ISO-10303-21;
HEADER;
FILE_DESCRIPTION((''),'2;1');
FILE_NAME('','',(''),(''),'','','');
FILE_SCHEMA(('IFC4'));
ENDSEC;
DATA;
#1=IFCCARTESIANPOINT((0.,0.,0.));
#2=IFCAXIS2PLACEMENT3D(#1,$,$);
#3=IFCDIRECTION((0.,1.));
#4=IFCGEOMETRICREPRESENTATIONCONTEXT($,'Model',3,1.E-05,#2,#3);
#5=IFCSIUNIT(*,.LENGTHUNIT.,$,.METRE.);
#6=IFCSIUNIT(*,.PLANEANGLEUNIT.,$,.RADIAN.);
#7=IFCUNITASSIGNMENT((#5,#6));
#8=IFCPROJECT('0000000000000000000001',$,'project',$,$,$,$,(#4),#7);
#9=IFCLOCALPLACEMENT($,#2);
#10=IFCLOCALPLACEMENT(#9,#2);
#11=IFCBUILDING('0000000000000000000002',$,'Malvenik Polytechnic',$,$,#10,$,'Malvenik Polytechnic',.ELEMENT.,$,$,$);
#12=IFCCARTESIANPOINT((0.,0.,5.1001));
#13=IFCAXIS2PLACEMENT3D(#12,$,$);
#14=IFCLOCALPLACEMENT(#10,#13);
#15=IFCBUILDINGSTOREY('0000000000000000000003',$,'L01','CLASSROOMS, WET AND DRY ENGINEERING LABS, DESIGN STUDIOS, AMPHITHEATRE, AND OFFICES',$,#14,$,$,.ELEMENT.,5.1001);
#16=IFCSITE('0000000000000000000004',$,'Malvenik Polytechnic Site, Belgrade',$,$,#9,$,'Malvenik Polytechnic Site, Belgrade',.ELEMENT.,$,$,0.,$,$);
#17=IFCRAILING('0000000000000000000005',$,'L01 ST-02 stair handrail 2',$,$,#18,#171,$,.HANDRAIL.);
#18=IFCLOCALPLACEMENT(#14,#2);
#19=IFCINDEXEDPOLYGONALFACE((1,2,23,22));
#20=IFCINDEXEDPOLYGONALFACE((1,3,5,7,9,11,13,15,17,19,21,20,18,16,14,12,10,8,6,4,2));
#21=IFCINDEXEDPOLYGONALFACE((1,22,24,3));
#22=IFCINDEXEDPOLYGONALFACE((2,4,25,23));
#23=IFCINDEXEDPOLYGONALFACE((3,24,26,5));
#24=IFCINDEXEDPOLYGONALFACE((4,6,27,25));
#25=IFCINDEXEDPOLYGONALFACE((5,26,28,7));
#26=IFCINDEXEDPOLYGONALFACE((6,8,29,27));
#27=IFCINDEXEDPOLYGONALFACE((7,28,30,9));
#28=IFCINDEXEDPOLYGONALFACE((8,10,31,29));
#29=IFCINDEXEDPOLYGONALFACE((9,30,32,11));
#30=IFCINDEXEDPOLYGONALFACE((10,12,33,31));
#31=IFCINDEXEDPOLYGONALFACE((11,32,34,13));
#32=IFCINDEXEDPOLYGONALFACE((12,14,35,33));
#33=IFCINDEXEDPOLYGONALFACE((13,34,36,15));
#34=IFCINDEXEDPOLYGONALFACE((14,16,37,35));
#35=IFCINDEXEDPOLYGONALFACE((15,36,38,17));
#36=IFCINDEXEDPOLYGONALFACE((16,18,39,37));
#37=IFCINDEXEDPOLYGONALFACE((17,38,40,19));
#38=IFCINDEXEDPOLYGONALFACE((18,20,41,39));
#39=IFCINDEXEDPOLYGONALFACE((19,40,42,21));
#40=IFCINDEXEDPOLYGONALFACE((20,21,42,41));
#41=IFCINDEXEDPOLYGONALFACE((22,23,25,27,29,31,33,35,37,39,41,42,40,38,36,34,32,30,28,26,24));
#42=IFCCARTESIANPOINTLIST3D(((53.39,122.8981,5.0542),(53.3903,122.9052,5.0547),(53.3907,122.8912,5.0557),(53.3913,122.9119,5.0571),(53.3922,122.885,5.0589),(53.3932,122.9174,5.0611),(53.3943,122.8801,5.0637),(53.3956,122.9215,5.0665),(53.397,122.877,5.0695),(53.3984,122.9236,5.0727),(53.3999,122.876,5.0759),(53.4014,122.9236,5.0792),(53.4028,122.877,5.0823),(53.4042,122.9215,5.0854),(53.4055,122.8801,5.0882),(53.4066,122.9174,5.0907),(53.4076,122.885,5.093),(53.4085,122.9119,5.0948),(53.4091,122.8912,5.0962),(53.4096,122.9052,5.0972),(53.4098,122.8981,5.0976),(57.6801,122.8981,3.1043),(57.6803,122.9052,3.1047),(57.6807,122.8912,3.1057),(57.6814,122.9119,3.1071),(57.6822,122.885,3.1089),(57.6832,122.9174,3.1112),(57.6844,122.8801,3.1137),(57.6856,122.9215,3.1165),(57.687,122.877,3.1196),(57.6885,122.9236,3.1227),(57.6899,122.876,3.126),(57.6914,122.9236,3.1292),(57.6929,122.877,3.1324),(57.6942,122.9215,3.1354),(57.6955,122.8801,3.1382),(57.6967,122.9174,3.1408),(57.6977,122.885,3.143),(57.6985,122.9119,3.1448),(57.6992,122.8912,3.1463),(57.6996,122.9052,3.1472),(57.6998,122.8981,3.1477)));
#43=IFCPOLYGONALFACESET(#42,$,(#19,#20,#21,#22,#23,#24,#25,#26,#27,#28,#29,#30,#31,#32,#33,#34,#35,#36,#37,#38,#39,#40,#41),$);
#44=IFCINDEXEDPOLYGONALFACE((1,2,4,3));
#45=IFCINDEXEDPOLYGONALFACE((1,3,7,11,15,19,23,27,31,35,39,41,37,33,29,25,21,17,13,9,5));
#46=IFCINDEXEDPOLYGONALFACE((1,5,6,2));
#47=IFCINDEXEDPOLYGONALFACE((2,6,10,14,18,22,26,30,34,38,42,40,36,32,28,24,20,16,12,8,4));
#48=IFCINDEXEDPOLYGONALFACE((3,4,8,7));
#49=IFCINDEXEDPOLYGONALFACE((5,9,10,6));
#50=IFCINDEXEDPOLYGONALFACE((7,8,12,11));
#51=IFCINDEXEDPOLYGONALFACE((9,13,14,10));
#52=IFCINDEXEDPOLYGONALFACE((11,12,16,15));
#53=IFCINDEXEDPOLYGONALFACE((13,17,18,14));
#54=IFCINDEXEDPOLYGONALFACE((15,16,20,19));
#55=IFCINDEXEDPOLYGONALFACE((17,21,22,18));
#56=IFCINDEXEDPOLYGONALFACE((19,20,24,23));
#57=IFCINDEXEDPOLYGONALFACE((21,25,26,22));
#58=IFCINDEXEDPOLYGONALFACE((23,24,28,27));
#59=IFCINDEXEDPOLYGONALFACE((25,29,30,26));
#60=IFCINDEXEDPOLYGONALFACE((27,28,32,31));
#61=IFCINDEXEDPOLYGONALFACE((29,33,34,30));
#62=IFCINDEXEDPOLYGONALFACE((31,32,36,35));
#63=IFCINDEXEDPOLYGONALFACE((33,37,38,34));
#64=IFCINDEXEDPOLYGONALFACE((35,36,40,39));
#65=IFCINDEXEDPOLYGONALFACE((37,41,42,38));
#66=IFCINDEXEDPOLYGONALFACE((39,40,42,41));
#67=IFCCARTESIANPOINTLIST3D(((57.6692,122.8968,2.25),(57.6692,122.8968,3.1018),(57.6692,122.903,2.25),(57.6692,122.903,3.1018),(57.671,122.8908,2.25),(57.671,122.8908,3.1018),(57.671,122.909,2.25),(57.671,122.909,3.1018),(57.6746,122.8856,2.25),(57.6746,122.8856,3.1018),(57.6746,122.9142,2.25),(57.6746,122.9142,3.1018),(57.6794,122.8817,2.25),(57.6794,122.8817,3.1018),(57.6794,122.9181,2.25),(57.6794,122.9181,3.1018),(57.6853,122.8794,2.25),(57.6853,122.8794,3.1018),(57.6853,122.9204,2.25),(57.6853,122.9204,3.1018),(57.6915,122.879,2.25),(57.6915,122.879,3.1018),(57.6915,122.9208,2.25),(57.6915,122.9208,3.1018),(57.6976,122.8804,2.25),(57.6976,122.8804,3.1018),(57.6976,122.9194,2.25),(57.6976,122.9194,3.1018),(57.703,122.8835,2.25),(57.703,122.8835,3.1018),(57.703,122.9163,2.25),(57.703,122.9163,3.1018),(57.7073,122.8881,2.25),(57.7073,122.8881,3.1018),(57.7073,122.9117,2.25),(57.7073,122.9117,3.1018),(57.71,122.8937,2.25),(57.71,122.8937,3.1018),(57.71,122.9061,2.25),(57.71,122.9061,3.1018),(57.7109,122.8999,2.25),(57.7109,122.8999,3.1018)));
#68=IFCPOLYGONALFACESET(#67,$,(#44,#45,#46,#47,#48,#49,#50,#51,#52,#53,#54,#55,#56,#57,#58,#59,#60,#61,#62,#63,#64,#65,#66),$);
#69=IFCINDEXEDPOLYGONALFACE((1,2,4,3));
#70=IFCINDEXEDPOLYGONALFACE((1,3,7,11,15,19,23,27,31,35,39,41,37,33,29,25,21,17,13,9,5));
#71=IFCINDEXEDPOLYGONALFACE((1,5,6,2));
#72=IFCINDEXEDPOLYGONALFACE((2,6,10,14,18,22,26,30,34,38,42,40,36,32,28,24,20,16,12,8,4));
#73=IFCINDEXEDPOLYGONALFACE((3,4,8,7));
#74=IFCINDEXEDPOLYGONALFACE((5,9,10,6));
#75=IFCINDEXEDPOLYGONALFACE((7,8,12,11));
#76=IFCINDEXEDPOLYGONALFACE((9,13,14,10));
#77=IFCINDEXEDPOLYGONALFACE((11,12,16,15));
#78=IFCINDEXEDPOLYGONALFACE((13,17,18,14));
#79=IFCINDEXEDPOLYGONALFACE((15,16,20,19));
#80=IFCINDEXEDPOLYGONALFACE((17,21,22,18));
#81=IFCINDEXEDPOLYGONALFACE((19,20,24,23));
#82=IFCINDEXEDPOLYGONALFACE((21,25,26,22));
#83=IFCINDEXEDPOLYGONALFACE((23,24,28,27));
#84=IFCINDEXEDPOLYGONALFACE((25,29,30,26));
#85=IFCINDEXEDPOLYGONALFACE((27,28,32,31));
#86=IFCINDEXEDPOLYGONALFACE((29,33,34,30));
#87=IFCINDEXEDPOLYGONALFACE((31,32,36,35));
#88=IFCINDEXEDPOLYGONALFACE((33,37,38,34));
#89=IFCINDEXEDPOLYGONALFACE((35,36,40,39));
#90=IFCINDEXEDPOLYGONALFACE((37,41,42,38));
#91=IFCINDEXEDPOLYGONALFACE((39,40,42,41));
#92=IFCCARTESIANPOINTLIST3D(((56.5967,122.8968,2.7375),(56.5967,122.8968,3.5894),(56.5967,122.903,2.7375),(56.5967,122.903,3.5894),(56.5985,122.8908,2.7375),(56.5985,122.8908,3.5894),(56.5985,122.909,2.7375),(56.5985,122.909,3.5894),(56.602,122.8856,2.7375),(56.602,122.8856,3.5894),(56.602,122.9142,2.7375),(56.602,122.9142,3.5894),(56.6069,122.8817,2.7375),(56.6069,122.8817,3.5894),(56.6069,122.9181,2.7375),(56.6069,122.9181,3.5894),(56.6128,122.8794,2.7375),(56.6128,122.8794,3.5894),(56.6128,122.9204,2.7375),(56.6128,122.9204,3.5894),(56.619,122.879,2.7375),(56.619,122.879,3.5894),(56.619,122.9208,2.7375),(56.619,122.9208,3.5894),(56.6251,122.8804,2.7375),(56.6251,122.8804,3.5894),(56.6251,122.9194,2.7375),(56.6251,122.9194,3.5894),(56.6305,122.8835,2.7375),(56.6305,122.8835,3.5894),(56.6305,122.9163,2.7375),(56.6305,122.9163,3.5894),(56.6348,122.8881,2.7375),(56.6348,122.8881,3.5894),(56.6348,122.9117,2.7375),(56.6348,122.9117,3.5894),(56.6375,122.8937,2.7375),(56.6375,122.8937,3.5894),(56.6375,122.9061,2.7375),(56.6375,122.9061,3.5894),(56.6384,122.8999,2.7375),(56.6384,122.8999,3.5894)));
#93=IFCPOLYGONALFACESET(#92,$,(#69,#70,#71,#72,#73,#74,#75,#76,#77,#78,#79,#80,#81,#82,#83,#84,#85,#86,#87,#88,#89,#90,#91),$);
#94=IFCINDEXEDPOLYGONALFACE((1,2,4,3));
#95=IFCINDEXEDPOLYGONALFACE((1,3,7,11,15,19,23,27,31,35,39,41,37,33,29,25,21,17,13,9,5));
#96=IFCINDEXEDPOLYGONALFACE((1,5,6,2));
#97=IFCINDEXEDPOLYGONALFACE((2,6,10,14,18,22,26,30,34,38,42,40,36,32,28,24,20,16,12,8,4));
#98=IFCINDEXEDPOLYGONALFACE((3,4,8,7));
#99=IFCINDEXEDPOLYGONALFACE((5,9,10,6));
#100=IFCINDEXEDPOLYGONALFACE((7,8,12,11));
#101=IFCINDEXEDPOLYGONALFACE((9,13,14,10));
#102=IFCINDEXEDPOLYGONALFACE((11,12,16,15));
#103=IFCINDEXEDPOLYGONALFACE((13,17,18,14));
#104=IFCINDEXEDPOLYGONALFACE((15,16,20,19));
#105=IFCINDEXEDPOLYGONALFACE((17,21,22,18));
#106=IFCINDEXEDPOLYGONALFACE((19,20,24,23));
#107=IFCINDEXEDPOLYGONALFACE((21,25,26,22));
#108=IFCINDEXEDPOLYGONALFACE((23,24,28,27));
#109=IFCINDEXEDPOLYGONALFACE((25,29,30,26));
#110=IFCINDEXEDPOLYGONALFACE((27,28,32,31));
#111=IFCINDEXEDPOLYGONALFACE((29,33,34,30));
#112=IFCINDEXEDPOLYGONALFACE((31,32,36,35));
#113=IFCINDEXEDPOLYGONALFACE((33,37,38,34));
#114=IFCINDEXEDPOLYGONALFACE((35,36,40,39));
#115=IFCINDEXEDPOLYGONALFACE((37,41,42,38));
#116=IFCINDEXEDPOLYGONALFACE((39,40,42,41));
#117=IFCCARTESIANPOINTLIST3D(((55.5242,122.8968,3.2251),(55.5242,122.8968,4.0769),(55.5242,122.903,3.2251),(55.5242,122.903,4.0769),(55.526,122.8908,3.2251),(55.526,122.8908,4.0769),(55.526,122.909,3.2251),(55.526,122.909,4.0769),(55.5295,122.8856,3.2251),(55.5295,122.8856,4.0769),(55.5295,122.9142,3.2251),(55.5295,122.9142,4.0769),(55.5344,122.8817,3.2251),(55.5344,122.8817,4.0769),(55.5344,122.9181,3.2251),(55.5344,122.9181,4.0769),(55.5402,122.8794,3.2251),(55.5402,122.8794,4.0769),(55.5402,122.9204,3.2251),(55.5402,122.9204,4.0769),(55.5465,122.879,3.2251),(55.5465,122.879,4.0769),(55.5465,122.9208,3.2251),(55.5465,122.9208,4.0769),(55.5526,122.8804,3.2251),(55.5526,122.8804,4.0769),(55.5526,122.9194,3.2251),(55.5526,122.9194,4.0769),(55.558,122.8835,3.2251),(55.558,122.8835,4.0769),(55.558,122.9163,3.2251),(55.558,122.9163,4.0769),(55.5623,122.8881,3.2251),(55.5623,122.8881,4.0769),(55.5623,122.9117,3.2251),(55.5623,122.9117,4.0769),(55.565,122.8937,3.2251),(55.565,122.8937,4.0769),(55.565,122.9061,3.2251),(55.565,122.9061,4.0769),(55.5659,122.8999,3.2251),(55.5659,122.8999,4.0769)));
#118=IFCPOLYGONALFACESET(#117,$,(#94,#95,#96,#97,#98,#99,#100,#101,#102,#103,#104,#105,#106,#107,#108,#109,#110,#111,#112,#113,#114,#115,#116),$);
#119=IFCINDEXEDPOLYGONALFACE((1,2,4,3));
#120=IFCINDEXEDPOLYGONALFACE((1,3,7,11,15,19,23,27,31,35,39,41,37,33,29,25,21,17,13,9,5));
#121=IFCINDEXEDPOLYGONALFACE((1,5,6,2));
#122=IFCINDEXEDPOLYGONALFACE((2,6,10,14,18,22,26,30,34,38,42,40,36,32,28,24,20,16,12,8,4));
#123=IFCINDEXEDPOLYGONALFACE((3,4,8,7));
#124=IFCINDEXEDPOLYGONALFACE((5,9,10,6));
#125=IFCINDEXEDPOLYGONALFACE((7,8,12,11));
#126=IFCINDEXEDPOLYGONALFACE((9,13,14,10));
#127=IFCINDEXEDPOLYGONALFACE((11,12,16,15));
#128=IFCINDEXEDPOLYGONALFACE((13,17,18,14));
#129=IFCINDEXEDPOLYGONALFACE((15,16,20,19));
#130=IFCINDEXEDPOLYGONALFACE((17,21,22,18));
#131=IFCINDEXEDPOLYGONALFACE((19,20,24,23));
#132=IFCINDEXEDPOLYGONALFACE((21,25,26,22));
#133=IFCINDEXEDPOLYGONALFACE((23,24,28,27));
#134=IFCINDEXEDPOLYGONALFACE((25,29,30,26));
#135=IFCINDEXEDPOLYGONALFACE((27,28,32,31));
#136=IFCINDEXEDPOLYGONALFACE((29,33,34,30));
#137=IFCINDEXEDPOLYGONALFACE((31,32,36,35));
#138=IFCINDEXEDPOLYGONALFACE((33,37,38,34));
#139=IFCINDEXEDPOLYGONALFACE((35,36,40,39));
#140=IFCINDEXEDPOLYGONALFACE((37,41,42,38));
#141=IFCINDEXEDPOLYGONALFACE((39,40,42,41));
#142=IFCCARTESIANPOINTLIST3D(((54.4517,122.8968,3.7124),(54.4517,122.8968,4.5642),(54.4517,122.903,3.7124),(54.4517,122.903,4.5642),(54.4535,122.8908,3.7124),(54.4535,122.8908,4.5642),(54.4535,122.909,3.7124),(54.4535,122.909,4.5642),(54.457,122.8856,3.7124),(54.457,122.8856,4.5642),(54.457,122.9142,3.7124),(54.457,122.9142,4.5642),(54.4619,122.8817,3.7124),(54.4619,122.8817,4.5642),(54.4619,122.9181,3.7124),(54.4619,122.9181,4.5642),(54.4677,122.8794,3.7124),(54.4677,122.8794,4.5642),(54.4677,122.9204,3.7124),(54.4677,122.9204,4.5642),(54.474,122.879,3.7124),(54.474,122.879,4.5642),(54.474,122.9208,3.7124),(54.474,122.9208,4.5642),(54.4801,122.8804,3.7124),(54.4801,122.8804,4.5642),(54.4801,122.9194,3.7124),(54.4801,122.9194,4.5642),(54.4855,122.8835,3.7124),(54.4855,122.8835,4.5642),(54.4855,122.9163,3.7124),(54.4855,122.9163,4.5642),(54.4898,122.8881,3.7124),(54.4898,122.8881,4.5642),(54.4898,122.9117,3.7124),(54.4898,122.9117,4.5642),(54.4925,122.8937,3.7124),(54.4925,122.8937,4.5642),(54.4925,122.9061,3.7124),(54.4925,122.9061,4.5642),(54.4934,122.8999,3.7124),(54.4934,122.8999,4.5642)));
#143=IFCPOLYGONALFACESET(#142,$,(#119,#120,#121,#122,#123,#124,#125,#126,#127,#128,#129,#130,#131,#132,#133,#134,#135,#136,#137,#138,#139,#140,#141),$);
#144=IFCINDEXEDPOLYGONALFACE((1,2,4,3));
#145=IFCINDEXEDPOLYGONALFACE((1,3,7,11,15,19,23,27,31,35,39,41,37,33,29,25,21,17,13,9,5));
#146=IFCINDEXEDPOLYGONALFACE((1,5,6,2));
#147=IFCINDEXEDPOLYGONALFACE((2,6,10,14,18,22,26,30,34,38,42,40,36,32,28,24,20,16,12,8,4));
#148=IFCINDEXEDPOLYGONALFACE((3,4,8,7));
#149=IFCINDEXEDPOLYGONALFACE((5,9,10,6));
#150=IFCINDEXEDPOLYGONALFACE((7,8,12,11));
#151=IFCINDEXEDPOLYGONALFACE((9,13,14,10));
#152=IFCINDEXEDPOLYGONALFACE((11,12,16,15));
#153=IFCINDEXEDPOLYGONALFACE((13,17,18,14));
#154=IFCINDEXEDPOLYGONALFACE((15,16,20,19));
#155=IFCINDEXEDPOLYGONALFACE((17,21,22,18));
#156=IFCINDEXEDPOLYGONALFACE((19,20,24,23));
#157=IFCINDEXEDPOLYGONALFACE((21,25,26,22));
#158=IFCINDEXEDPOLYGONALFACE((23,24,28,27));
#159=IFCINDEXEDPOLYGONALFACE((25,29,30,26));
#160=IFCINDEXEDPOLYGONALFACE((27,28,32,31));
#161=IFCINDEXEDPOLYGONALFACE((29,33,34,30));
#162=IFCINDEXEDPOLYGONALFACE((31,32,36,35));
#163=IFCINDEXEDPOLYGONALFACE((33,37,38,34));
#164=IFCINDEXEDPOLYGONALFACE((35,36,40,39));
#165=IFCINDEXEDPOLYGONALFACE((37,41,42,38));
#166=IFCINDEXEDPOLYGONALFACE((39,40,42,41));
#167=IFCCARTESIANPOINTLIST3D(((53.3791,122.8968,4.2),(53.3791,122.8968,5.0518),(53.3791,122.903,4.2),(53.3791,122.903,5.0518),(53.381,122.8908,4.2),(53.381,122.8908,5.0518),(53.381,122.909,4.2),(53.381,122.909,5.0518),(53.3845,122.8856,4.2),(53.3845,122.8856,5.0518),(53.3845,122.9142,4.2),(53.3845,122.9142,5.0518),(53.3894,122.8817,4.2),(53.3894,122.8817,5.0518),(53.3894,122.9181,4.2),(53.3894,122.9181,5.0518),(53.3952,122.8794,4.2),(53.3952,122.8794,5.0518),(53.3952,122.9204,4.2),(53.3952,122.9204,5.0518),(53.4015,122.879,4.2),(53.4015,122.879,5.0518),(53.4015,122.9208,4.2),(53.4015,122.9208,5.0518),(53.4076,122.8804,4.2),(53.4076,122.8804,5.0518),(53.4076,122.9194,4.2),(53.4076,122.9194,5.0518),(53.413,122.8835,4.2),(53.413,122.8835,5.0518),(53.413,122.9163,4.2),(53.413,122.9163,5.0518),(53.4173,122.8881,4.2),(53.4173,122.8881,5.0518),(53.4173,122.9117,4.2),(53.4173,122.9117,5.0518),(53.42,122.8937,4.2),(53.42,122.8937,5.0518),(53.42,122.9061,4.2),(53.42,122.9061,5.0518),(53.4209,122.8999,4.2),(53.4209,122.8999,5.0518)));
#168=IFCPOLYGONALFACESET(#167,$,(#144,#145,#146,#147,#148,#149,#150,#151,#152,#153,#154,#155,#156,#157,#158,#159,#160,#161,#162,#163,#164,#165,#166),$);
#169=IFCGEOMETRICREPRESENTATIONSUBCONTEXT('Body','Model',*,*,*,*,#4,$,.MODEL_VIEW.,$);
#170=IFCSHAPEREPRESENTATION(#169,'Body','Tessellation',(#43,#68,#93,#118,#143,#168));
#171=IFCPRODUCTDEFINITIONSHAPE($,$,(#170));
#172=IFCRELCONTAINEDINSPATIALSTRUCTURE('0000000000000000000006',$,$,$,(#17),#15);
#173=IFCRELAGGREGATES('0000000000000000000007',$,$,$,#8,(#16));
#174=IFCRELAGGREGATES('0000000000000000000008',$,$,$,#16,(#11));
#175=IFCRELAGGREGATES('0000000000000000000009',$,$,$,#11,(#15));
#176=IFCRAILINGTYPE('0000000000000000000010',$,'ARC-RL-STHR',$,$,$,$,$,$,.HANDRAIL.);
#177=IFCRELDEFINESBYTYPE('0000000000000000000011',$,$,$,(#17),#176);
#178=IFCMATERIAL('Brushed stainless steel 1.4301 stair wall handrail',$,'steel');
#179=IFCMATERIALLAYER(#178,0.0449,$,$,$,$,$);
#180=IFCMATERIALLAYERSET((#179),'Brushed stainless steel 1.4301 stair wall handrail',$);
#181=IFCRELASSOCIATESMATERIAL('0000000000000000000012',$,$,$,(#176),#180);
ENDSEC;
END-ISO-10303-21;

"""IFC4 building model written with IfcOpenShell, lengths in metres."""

from ifc_helpers import new_model, si_unit, direction, frame, origin, origin_2d, place, context, subcontext, project, spatial, circle, extrude, material, layer, layer_set, type_object, element, save


model = new_model("IFC4")

# Units and contexts
model_context = context("Model", 3, precision=1e-05, world=origin(), true_north=direction((0.0, 1.0)))
body_context = subcontext(model_context, "Body", "Model", "MODEL_VIEW")
ifc_project = project(units=[si_unit("LENGTHUNIT", "METRE"), si_unit("PLANEANGLEUNIT", "RADIAN")], contexts=[model_context])

# Site, building, storey
site_placement = place(None, origin())
site = spatial("IfcSite", under=ifc_project, at=site_placement, Name="Malvenik Polytechnic Site, Belgrade", LongName="Malvenik Polytechnic Site, Belgrade", CompositionType="ELEMENT", RefElevation=0.0)
building_placement = place(site_placement, origin())
building = spatial("IfcBuilding", under=site, at=building_placement, Name="Malvenik Polytechnic", LongName="Malvenik Polytechnic", CompositionType="ELEMENT")
storey_placement = place(building_placement, frame((0.0, 0.0, 5.1001)))
storey = spatial("IfcBuildingStorey", under=building, at=storey_placement, Name="L01", Description="CLASSROOMS, WET AND DRY ENGINEERING LABS, DESIGN STUDIOS, AMPHITHEATRE, AND OFFICES", CompositionType="ELEMENT", Elevation=5.1001)

# Railing
ifc_material_1 = material(Name="Brushed stainless steel 1.4301 stair wall handrail", Category="steel")
ifc_layer_1 = layer(ifc_material_1, 0.0449)
ifc_layer_set_1 = layer_set([ifc_layer_1], Name="Brushed stainless steel 1.4301 stair wall handrail")
railing_type_1 = type_object("IfcRailingType", Name="ARC-RL-STHR", PredefinedType="HANDRAIL", material=ifc_layer_set_1)
railing_1_placement = place(storey_placement, frame((57.6899, 122.8999, 2.25)))
element("IfcRailing", 1, at=railing_1_placement, inside=storey, type_object=railing_type_1, Name="L01 ST-02 stair handrail 2", PredefinedType="HANDRAIL", context=body_context, shape_type="SweptSolid", body=[
    extrude(circle(Radius=0.0239, at=origin_2d()), frame((0.0, 0.0, 0.876), z_axis=(-0.910372, 0.0, 0.413791), x_axis=(0.0, -1.0, 0.0)), (0.0, 0.0, 1.0), 4.7124),
    extrude(circle(Radius=0.021, at=origin_2d()), origin(), (0.0, 0.0, 1.0), 0.8518),
    extrude(circle(Radius=0.021, at=origin_2d()), frame((-1.0725, 0.0, 0.4875)), (0.0, 0.0, 1.0), 0.8518),
    extrude(circle(Radius=0.021, at=origin_2d()), frame((-2.145, 0.0, 0.9751)), (0.0, 0.0, 1.0), 0.8518),
    extrude(circle(Radius=0.021, at=origin_2d()), frame((-3.2175, 0.0, 1.4624)), (0.0, 0.0, 1.0), 0.8518),
    extrude(circle(Radius=0.021, at=origin_2d()), frame((-4.29, 0.0, 1.95)), (0.0, 0.0, 1.0), 0.8518),
])

save(model, "model.ifc")
